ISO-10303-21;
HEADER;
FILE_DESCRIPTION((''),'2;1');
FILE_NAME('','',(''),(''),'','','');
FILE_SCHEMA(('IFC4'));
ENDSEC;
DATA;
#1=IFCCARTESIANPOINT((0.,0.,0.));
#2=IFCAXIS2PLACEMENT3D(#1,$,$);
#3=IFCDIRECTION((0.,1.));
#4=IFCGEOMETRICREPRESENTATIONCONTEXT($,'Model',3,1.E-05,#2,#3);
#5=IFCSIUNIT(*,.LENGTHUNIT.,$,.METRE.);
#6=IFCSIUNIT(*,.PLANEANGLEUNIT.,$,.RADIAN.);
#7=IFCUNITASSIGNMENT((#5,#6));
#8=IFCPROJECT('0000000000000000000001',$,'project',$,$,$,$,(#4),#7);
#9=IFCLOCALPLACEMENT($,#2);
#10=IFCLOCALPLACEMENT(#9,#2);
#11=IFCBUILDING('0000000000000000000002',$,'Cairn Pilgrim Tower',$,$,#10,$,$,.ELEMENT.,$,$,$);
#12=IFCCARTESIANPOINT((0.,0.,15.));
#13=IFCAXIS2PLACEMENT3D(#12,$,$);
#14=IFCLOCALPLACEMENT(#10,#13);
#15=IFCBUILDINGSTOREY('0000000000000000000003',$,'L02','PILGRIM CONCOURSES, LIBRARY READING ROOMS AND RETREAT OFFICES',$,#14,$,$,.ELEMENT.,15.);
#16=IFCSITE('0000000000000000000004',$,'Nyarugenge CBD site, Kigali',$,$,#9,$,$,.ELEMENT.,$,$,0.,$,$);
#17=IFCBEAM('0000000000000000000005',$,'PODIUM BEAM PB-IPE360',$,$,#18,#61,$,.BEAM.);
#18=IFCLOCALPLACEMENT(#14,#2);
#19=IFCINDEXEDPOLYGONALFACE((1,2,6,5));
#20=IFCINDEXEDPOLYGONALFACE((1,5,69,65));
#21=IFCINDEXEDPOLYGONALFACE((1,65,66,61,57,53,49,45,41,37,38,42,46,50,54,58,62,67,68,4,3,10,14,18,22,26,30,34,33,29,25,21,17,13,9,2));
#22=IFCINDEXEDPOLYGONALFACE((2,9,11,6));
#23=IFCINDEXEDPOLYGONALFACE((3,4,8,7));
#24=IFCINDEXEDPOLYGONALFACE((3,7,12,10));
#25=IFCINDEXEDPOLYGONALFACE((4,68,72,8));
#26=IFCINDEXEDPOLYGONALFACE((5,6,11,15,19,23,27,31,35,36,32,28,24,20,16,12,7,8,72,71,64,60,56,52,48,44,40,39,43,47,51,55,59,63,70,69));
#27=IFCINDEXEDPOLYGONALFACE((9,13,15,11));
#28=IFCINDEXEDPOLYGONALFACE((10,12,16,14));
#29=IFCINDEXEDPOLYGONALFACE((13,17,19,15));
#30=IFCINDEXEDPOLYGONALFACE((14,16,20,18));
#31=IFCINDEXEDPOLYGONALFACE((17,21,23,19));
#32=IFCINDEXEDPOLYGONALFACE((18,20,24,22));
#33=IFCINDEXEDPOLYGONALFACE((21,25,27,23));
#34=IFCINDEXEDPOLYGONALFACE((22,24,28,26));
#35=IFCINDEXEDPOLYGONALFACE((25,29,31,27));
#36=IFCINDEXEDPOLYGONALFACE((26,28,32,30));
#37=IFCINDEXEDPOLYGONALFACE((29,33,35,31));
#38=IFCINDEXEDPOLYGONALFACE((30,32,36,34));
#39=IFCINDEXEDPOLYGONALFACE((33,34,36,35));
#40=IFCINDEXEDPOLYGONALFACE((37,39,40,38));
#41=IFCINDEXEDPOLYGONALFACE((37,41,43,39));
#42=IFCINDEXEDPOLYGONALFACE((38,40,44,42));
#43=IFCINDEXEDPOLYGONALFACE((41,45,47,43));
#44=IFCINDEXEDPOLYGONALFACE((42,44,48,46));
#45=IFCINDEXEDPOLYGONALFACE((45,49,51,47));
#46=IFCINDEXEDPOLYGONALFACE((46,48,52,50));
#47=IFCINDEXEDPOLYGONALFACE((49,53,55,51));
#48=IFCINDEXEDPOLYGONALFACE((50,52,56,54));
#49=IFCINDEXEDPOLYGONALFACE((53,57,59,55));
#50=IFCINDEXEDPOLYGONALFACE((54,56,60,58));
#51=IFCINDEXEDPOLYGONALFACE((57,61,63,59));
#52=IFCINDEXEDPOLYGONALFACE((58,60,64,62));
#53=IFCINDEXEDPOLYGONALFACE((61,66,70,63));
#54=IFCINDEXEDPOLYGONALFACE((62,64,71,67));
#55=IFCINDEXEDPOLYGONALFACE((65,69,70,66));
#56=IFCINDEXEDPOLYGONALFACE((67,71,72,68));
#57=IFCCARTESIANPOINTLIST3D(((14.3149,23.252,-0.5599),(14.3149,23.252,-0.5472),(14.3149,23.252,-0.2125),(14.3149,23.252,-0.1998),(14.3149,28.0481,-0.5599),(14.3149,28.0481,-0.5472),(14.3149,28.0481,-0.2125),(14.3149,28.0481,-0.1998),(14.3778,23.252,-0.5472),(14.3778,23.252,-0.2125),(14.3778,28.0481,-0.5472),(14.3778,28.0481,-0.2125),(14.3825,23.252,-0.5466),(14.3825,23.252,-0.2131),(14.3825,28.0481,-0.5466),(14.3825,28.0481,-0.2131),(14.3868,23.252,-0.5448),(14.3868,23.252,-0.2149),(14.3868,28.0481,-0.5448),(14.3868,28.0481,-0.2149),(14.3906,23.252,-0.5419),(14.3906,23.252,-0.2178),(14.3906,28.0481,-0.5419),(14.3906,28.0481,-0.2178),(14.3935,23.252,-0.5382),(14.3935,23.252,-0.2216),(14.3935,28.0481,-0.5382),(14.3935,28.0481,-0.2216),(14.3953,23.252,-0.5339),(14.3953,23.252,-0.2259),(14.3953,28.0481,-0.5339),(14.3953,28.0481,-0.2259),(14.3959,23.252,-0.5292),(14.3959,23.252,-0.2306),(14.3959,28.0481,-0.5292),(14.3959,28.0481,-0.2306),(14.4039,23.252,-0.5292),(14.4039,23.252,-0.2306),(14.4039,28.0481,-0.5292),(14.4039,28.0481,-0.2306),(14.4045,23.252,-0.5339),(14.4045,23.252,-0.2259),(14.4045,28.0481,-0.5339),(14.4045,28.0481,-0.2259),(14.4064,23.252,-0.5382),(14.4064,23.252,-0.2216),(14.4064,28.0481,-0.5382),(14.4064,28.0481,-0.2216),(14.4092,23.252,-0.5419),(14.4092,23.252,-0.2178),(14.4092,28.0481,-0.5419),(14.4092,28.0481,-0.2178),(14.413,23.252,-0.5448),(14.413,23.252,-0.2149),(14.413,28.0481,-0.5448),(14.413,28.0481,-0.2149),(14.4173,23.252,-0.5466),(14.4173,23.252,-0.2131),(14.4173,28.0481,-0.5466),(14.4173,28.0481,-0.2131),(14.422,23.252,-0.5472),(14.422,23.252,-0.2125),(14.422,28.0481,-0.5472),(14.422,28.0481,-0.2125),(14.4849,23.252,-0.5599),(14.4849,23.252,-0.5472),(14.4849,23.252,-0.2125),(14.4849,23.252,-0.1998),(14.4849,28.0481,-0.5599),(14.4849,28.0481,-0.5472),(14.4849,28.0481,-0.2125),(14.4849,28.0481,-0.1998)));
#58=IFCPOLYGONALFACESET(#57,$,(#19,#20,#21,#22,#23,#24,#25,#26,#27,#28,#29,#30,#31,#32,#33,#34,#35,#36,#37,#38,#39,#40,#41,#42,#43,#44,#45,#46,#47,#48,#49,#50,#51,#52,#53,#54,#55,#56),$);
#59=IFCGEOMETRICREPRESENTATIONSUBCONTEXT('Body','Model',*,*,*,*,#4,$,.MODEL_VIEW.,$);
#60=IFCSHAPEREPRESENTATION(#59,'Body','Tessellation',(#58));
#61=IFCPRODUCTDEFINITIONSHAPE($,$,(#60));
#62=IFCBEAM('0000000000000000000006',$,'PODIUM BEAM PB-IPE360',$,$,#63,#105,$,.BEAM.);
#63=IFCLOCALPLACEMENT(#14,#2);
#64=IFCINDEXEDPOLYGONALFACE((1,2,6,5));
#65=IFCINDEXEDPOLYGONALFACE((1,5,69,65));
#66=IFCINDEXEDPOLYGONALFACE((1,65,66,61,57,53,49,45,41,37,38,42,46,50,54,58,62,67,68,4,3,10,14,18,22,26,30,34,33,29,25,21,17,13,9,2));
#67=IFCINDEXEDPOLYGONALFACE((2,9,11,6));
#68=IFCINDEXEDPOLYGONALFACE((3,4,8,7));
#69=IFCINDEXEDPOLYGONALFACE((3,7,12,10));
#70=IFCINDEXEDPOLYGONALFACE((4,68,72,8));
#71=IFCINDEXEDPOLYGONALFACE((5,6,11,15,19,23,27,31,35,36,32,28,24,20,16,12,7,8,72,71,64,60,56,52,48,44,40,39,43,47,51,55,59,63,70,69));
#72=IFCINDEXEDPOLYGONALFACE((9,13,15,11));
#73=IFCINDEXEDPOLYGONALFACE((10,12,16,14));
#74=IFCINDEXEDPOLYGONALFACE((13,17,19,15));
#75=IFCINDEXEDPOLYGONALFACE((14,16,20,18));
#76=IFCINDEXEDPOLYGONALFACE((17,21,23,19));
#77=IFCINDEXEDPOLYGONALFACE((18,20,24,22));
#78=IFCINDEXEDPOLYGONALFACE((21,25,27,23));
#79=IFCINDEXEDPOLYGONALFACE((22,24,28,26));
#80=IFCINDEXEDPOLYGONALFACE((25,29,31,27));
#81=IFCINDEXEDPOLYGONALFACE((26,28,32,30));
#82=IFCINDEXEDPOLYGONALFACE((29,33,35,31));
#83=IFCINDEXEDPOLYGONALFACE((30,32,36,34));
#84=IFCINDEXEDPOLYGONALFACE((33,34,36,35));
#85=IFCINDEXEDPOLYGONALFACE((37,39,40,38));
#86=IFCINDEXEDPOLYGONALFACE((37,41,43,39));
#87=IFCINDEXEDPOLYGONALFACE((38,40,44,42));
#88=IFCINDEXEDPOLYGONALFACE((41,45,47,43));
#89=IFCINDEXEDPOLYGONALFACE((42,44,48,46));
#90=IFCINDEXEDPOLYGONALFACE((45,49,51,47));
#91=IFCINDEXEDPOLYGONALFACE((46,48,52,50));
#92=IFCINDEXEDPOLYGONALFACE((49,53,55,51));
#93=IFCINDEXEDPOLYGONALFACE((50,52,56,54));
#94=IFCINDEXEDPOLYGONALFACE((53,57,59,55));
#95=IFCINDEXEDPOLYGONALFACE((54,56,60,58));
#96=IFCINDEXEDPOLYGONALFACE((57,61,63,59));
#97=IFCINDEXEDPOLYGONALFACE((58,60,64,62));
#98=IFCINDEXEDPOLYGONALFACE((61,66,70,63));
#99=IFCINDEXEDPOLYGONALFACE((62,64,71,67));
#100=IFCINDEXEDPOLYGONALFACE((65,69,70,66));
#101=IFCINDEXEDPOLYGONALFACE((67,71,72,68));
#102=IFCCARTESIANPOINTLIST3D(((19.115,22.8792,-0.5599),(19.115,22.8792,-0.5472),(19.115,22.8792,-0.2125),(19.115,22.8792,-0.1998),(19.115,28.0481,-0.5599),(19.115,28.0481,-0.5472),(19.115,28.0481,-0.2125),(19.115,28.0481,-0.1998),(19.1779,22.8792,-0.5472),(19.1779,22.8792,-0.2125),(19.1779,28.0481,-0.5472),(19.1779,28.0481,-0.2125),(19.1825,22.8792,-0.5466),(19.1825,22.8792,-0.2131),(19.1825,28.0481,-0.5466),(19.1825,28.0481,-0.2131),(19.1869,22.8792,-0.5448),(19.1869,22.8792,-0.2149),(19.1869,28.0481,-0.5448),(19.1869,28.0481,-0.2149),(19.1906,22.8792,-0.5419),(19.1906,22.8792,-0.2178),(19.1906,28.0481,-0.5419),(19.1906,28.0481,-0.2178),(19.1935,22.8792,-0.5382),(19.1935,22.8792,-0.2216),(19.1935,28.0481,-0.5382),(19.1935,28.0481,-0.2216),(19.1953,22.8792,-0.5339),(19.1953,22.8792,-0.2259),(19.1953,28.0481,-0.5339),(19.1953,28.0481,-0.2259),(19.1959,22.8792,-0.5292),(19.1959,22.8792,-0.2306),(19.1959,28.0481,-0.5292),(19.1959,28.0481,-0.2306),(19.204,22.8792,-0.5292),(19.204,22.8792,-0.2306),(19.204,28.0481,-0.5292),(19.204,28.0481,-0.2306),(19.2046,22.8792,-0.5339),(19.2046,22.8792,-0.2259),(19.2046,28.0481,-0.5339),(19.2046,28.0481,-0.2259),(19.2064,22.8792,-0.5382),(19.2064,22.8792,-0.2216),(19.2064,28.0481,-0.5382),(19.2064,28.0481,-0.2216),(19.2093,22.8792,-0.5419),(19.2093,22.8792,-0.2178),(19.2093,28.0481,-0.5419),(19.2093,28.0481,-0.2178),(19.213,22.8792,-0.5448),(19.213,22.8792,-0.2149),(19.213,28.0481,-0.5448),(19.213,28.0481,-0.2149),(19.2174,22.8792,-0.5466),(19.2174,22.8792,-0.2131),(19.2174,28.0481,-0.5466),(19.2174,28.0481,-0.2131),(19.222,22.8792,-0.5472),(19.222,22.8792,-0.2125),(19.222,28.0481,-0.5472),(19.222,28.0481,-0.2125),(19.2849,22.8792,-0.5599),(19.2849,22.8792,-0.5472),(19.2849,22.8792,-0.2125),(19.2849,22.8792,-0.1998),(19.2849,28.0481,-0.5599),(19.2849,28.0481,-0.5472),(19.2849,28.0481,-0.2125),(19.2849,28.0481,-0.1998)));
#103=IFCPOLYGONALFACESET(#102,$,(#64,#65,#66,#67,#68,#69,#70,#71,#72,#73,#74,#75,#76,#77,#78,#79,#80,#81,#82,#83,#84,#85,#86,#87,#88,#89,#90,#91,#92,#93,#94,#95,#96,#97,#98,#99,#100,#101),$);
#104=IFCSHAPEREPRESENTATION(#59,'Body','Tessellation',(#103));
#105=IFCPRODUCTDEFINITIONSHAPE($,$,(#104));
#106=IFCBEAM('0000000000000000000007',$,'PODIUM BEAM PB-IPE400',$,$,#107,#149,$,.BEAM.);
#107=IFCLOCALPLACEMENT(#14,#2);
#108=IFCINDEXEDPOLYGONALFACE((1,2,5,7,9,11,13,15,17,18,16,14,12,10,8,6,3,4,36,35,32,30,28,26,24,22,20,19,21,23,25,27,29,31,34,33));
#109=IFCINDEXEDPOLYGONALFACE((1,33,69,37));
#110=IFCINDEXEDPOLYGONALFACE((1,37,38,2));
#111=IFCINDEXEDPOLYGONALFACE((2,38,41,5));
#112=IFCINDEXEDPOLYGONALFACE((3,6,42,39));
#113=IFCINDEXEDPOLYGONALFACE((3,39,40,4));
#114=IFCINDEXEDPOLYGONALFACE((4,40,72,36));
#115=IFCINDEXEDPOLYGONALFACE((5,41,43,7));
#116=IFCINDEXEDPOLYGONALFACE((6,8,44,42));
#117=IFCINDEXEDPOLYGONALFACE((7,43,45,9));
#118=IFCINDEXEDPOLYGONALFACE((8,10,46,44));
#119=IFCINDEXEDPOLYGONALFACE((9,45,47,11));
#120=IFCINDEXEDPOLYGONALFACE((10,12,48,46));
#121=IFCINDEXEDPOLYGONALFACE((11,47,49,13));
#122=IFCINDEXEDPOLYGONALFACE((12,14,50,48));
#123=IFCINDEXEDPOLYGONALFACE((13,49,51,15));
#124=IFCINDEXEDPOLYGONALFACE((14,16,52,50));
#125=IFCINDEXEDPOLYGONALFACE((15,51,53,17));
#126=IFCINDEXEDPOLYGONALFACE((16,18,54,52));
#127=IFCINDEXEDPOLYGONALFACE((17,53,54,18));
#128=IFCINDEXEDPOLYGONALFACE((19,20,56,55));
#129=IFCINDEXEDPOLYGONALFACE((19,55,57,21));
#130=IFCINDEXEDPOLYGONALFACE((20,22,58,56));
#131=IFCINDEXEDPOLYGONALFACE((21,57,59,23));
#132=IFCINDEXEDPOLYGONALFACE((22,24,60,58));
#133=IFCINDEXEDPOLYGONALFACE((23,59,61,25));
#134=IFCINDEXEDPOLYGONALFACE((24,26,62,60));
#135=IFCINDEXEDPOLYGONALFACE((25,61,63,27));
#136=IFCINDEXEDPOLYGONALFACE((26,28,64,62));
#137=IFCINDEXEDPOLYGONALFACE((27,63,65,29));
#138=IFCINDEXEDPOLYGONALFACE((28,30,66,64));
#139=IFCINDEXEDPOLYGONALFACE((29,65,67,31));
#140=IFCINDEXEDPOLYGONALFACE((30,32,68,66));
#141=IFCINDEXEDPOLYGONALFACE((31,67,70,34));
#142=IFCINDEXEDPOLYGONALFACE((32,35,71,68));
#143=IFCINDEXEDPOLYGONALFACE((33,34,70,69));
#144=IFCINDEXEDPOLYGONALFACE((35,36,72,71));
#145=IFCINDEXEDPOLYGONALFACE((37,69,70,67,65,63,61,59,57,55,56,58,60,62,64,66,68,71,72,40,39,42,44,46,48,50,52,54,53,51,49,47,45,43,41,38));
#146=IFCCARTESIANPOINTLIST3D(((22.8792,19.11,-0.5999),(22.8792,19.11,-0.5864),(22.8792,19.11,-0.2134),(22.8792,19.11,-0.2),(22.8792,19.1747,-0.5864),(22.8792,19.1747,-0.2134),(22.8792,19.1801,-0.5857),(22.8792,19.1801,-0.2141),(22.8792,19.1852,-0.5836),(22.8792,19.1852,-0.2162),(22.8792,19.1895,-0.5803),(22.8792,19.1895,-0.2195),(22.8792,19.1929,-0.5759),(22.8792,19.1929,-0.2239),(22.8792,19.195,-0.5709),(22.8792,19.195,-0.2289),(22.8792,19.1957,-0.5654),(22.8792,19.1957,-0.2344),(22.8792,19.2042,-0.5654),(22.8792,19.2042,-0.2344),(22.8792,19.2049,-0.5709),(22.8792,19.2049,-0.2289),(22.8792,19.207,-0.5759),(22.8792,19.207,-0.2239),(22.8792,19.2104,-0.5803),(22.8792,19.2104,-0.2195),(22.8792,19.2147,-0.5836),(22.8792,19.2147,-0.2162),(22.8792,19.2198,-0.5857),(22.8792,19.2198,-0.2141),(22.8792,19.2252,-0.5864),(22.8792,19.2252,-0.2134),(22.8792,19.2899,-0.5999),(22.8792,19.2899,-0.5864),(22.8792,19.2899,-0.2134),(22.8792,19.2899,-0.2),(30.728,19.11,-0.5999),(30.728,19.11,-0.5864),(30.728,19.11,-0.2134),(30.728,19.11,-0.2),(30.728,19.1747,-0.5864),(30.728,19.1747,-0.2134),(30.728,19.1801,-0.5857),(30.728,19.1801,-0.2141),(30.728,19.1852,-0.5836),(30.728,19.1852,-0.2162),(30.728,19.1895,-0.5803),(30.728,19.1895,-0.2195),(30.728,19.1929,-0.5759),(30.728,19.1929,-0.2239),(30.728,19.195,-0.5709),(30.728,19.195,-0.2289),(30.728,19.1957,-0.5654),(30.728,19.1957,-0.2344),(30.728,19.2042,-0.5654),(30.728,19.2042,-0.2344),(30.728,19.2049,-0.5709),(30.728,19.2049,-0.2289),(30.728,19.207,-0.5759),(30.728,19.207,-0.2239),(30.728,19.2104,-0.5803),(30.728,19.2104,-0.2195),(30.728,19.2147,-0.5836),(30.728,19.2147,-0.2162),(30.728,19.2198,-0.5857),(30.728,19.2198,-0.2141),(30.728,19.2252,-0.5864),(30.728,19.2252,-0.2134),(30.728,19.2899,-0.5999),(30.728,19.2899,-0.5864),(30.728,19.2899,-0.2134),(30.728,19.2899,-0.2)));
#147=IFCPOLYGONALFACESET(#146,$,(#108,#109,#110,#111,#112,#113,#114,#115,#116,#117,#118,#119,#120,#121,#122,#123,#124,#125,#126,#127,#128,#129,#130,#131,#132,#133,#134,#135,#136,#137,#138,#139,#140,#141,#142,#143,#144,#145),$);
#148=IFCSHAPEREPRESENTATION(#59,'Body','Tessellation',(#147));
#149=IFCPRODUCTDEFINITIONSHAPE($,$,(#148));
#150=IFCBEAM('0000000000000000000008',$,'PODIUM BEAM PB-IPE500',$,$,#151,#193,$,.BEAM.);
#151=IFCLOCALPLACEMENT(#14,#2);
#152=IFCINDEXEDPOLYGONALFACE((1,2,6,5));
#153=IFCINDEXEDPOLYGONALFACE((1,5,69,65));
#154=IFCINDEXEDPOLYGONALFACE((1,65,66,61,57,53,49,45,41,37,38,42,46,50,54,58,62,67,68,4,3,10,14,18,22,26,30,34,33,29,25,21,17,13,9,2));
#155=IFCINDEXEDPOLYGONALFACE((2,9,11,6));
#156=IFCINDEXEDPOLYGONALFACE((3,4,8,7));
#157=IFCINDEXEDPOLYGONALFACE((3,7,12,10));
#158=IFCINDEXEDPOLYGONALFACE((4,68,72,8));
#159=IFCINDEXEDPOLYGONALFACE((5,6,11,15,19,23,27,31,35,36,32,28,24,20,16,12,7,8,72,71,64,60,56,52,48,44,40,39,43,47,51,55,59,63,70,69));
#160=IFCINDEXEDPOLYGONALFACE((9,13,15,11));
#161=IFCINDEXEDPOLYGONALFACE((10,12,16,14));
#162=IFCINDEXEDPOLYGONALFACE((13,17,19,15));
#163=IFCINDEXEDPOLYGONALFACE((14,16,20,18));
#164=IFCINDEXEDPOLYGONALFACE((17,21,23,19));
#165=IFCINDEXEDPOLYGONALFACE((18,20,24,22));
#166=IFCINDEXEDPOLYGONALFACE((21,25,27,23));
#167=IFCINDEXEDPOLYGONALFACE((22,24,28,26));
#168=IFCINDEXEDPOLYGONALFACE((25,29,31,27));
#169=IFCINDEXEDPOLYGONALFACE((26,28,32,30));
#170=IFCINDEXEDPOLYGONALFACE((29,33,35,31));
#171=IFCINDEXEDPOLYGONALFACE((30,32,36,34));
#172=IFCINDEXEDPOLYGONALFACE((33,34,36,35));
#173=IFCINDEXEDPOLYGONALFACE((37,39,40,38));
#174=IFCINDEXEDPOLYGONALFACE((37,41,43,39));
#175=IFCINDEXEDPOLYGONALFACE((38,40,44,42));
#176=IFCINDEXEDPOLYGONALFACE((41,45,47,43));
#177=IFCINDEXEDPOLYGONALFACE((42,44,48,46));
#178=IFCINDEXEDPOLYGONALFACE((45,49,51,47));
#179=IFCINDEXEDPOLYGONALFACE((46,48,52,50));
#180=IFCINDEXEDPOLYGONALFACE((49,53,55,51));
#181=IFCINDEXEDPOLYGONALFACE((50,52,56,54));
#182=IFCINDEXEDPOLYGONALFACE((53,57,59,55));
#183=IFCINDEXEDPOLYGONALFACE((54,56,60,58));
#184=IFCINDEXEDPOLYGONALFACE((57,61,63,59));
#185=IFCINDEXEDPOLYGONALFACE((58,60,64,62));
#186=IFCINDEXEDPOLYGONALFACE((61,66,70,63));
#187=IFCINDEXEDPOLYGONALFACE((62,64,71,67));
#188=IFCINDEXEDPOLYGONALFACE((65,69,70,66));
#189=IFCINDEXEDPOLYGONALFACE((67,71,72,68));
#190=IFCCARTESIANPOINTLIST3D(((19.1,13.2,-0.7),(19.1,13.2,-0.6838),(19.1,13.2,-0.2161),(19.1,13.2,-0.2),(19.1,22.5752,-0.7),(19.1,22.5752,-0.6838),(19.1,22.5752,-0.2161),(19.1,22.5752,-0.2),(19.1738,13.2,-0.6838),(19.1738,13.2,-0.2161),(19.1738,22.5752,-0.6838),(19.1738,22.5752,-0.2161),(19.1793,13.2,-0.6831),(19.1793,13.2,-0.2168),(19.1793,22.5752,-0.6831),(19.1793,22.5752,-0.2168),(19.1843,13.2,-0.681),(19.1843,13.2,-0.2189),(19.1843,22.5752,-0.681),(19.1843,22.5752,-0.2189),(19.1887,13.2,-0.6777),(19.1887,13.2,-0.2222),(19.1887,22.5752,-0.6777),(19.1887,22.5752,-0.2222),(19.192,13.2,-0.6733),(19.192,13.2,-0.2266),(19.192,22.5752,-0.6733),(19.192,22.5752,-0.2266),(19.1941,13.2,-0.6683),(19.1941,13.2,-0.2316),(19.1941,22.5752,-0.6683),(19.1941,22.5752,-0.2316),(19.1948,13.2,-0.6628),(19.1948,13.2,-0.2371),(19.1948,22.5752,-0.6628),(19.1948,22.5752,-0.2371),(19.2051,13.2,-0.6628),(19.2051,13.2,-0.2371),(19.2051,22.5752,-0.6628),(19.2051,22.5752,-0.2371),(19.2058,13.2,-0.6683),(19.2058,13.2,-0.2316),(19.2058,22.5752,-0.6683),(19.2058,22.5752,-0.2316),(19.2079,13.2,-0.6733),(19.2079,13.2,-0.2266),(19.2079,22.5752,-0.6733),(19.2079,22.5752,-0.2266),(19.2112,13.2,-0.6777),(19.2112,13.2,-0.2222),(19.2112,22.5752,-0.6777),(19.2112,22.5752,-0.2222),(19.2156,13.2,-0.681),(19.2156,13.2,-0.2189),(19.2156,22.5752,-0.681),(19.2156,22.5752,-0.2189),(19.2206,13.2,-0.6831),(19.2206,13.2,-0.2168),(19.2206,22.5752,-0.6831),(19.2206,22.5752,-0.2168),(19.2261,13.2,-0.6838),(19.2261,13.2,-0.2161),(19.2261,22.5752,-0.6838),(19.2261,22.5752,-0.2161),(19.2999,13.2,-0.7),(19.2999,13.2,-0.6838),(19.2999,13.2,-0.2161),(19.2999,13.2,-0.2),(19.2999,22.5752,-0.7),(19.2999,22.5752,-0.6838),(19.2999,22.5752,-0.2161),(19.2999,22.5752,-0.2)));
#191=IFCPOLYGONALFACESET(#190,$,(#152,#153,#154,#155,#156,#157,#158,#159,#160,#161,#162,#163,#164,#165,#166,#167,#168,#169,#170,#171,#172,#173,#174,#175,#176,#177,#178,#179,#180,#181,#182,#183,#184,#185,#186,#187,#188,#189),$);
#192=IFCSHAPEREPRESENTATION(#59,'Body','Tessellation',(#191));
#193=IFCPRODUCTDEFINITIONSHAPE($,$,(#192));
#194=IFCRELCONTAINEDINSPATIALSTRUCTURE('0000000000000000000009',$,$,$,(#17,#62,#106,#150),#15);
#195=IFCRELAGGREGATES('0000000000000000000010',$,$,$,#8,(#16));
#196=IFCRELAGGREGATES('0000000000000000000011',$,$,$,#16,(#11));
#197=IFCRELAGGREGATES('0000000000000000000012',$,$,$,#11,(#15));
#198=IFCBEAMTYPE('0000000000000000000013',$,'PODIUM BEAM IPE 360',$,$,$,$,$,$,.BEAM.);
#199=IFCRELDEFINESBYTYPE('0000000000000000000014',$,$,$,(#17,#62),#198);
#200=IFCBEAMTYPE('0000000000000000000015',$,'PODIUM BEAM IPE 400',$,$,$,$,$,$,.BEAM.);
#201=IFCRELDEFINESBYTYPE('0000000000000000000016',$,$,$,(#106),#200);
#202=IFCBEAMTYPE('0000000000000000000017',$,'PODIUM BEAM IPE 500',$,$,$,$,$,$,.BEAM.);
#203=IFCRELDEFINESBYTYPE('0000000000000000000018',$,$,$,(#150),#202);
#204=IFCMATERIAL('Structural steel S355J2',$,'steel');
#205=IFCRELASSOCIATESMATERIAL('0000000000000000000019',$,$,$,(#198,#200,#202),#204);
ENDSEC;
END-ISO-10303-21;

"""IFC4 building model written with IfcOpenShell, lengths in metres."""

from ifc_helpers import new_model, si_unit, direction, frame, origin, origin_2d, place, context, subcontext, project, spatial, i_section, extrude, material, material_profile, profile_set, type_object, element, save


model = new_model("IFC4")

# Units and contexts
model_context = context("Model", 3, precision=1e-05, world=origin(), true_north=direction((0.0, 1.0)))
body_context = subcontext(model_context, "Body", "Model", "MODEL_VIEW")
ifc_project = project(units=[si_unit("LENGTHUNIT", "METRE"), si_unit("PLANEANGLEUNIT", "RADIAN")], contexts=[model_context])

# Site, building, storey
site_placement = place(None, origin())
site = spatial("IfcSite", under=ifc_project, at=site_placement, Name="Nyarugenge CBD site, Kigali", CompositionType="ELEMENT", RefElevation=0.0)
building_placement = place(site_placement, origin())
building = spatial("IfcBuilding", under=site, at=building_placement, Name="Cairn Pilgrim Tower", CompositionType="ELEMENT")
storey_placement = place(building_placement, frame((0.0, 0.0, 15.0)))
storey = spatial("IfcBuildingStorey", under=building, at=storey_placement, Name="L02", Description="PILGRIM CONCOURSES, LIBRARY READING ROOMS AND RETREAT OFFICES", CompositionType="ELEMENT", Elevation=15.0)

# Beams
ifc_material_1 = material(Name="Structural steel S355J2", Category="steel")
ifc_material_profile_1 = material_profile(ifc_material_1, i_section(OverallWidth=0.1699, OverallDepth=0.3601, WebThickness=0.0081, FlangeThickness=0.0127, FilletRadius=0.0181, at=origin_2d()), Name="IPE 360")
ifc_profile_set_1 = profile_set([ifc_material_profile_1], Name="Structural steel S355J2")
beam_type_1 = type_object("IfcBeamType", Name="PODIUM BEAM IPE 360", PredefinedType="BEAM", material=ifc_profile_set_1)
beam_1_placement = place(storey_placement, frame((14.3999, 23.252, -0.3799), z_axis=(0.0, 1.0, 0.0), x_axis=(-1.0, 0.0, 0.0)))
element("IfcBeam", 1, at=beam_1_placement, inside=storey, type_object=beam_type_1, Name="PODIUM BEAM PB-IPE360", PredefinedType="BEAM", context=body_context, shape_type="SweptSolid", body=[
    extrude(i_section(OverallWidth=0.1699, OverallDepth=0.3601, WebThickness=0.0081, FlangeThickness=0.0127, FilletRadius=0.0181, at=origin_2d()), origin(), (0.0, 0.0, 1.0), 4.7961),
])
beam_2_placement = place(storey_placement, frame((19.2, 22.8792, -0.3799), z_axis=(0.0, 1.0, 0.0), x_axis=(-1.0, 0.0, 0.0)))
element("IfcBeam", 2, at=beam_2_placement, inside=storey, type_object=beam_type_1, Name="PODIUM BEAM PB-IPE360", PredefinedType="BEAM", context=body_context, shape_type="SweptSolid", body=[
    extrude(i_section(OverallWidth=0.1699, OverallDepth=0.3601, WebThickness=0.0081, FlangeThickness=0.0127, FilletRadius=0.0181, at=origin_2d()), origin(), (0.0, 0.0, 1.0), 5.1689),
])
ifc_material_profile_2 = material_profile(ifc_material_1, i_section(OverallWidth=0.1799, OverallDepth=0.3999, WebThickness=0.0085, FlangeThickness=0.0134, FilletRadius=0.021, at=origin_2d()), Name="IPE 400")
ifc_profile_set_2 = profile_set([ifc_material_profile_2], Name="Structural steel S355J2")
beam_type_2 = type_object("IfcBeamType", Name="PODIUM BEAM IPE 400", PredefinedType="BEAM", material=ifc_profile_set_2)
beam_3_placement = place(storey_placement, frame((22.8792, 19.2, -0.3999), z_axis=(1.0, 0.0, 0.0), x_axis=(0.0, 1.0, 0.0)))
element("IfcBeam", 3, at=beam_3_placement, inside=storey, type_object=beam_type_2, Name="PODIUM BEAM PB-IPE400", PredefinedType="BEAM", context=body_context, shape_type="SweptSolid", body=[
    extrude(i_section(OverallWidth=0.1799, OverallDepth=0.3999, WebThickness=0.0085, FlangeThickness=0.0134, FilletRadius=0.021, at=origin_2d()), origin(), (0.0, 0.0, 1.0), 7.8489),
])
ifc_material_profile_3 = material_profile(ifc_material_1, i_section(OverallWidth=0.2, OverallDepth=0.5, WebThickness=0.0103, FlangeThickness=0.0161, FilletRadius=0.021, at=origin_2d()), Name="IPE 500")
ifc_profile_set_3 = profile_set([ifc_material_profile_3], Name="Structural steel S355J2")
beam_type_3 = type_object("IfcBeamType", Name="PODIUM BEAM IPE 500", PredefinedType="BEAM", material=ifc_profile_set_3)
beam_4_placement = place(storey_placement, frame((19.2, 13.2, -0.45), z_axis=(0.0, 1.0, 0.0), x_axis=(-1.0, 0.0, 0.0)))
element("IfcBeam", 4, at=beam_4_placement, inside=storey, type_object=beam_type_3, Name="PODIUM BEAM PB-IPE500", PredefinedType="BEAM", context=body_context, shape_type="SweptSolid", body=[
    extrude(i_section(OverallWidth=0.2, OverallDepth=0.5, WebThickness=0.0103, FlangeThickness=0.0161, FilletRadius=0.021, at=origin_2d()), origin(), (0.0, 0.0, 1.0), 9.3752),
])

save(model, "model.ifc")
